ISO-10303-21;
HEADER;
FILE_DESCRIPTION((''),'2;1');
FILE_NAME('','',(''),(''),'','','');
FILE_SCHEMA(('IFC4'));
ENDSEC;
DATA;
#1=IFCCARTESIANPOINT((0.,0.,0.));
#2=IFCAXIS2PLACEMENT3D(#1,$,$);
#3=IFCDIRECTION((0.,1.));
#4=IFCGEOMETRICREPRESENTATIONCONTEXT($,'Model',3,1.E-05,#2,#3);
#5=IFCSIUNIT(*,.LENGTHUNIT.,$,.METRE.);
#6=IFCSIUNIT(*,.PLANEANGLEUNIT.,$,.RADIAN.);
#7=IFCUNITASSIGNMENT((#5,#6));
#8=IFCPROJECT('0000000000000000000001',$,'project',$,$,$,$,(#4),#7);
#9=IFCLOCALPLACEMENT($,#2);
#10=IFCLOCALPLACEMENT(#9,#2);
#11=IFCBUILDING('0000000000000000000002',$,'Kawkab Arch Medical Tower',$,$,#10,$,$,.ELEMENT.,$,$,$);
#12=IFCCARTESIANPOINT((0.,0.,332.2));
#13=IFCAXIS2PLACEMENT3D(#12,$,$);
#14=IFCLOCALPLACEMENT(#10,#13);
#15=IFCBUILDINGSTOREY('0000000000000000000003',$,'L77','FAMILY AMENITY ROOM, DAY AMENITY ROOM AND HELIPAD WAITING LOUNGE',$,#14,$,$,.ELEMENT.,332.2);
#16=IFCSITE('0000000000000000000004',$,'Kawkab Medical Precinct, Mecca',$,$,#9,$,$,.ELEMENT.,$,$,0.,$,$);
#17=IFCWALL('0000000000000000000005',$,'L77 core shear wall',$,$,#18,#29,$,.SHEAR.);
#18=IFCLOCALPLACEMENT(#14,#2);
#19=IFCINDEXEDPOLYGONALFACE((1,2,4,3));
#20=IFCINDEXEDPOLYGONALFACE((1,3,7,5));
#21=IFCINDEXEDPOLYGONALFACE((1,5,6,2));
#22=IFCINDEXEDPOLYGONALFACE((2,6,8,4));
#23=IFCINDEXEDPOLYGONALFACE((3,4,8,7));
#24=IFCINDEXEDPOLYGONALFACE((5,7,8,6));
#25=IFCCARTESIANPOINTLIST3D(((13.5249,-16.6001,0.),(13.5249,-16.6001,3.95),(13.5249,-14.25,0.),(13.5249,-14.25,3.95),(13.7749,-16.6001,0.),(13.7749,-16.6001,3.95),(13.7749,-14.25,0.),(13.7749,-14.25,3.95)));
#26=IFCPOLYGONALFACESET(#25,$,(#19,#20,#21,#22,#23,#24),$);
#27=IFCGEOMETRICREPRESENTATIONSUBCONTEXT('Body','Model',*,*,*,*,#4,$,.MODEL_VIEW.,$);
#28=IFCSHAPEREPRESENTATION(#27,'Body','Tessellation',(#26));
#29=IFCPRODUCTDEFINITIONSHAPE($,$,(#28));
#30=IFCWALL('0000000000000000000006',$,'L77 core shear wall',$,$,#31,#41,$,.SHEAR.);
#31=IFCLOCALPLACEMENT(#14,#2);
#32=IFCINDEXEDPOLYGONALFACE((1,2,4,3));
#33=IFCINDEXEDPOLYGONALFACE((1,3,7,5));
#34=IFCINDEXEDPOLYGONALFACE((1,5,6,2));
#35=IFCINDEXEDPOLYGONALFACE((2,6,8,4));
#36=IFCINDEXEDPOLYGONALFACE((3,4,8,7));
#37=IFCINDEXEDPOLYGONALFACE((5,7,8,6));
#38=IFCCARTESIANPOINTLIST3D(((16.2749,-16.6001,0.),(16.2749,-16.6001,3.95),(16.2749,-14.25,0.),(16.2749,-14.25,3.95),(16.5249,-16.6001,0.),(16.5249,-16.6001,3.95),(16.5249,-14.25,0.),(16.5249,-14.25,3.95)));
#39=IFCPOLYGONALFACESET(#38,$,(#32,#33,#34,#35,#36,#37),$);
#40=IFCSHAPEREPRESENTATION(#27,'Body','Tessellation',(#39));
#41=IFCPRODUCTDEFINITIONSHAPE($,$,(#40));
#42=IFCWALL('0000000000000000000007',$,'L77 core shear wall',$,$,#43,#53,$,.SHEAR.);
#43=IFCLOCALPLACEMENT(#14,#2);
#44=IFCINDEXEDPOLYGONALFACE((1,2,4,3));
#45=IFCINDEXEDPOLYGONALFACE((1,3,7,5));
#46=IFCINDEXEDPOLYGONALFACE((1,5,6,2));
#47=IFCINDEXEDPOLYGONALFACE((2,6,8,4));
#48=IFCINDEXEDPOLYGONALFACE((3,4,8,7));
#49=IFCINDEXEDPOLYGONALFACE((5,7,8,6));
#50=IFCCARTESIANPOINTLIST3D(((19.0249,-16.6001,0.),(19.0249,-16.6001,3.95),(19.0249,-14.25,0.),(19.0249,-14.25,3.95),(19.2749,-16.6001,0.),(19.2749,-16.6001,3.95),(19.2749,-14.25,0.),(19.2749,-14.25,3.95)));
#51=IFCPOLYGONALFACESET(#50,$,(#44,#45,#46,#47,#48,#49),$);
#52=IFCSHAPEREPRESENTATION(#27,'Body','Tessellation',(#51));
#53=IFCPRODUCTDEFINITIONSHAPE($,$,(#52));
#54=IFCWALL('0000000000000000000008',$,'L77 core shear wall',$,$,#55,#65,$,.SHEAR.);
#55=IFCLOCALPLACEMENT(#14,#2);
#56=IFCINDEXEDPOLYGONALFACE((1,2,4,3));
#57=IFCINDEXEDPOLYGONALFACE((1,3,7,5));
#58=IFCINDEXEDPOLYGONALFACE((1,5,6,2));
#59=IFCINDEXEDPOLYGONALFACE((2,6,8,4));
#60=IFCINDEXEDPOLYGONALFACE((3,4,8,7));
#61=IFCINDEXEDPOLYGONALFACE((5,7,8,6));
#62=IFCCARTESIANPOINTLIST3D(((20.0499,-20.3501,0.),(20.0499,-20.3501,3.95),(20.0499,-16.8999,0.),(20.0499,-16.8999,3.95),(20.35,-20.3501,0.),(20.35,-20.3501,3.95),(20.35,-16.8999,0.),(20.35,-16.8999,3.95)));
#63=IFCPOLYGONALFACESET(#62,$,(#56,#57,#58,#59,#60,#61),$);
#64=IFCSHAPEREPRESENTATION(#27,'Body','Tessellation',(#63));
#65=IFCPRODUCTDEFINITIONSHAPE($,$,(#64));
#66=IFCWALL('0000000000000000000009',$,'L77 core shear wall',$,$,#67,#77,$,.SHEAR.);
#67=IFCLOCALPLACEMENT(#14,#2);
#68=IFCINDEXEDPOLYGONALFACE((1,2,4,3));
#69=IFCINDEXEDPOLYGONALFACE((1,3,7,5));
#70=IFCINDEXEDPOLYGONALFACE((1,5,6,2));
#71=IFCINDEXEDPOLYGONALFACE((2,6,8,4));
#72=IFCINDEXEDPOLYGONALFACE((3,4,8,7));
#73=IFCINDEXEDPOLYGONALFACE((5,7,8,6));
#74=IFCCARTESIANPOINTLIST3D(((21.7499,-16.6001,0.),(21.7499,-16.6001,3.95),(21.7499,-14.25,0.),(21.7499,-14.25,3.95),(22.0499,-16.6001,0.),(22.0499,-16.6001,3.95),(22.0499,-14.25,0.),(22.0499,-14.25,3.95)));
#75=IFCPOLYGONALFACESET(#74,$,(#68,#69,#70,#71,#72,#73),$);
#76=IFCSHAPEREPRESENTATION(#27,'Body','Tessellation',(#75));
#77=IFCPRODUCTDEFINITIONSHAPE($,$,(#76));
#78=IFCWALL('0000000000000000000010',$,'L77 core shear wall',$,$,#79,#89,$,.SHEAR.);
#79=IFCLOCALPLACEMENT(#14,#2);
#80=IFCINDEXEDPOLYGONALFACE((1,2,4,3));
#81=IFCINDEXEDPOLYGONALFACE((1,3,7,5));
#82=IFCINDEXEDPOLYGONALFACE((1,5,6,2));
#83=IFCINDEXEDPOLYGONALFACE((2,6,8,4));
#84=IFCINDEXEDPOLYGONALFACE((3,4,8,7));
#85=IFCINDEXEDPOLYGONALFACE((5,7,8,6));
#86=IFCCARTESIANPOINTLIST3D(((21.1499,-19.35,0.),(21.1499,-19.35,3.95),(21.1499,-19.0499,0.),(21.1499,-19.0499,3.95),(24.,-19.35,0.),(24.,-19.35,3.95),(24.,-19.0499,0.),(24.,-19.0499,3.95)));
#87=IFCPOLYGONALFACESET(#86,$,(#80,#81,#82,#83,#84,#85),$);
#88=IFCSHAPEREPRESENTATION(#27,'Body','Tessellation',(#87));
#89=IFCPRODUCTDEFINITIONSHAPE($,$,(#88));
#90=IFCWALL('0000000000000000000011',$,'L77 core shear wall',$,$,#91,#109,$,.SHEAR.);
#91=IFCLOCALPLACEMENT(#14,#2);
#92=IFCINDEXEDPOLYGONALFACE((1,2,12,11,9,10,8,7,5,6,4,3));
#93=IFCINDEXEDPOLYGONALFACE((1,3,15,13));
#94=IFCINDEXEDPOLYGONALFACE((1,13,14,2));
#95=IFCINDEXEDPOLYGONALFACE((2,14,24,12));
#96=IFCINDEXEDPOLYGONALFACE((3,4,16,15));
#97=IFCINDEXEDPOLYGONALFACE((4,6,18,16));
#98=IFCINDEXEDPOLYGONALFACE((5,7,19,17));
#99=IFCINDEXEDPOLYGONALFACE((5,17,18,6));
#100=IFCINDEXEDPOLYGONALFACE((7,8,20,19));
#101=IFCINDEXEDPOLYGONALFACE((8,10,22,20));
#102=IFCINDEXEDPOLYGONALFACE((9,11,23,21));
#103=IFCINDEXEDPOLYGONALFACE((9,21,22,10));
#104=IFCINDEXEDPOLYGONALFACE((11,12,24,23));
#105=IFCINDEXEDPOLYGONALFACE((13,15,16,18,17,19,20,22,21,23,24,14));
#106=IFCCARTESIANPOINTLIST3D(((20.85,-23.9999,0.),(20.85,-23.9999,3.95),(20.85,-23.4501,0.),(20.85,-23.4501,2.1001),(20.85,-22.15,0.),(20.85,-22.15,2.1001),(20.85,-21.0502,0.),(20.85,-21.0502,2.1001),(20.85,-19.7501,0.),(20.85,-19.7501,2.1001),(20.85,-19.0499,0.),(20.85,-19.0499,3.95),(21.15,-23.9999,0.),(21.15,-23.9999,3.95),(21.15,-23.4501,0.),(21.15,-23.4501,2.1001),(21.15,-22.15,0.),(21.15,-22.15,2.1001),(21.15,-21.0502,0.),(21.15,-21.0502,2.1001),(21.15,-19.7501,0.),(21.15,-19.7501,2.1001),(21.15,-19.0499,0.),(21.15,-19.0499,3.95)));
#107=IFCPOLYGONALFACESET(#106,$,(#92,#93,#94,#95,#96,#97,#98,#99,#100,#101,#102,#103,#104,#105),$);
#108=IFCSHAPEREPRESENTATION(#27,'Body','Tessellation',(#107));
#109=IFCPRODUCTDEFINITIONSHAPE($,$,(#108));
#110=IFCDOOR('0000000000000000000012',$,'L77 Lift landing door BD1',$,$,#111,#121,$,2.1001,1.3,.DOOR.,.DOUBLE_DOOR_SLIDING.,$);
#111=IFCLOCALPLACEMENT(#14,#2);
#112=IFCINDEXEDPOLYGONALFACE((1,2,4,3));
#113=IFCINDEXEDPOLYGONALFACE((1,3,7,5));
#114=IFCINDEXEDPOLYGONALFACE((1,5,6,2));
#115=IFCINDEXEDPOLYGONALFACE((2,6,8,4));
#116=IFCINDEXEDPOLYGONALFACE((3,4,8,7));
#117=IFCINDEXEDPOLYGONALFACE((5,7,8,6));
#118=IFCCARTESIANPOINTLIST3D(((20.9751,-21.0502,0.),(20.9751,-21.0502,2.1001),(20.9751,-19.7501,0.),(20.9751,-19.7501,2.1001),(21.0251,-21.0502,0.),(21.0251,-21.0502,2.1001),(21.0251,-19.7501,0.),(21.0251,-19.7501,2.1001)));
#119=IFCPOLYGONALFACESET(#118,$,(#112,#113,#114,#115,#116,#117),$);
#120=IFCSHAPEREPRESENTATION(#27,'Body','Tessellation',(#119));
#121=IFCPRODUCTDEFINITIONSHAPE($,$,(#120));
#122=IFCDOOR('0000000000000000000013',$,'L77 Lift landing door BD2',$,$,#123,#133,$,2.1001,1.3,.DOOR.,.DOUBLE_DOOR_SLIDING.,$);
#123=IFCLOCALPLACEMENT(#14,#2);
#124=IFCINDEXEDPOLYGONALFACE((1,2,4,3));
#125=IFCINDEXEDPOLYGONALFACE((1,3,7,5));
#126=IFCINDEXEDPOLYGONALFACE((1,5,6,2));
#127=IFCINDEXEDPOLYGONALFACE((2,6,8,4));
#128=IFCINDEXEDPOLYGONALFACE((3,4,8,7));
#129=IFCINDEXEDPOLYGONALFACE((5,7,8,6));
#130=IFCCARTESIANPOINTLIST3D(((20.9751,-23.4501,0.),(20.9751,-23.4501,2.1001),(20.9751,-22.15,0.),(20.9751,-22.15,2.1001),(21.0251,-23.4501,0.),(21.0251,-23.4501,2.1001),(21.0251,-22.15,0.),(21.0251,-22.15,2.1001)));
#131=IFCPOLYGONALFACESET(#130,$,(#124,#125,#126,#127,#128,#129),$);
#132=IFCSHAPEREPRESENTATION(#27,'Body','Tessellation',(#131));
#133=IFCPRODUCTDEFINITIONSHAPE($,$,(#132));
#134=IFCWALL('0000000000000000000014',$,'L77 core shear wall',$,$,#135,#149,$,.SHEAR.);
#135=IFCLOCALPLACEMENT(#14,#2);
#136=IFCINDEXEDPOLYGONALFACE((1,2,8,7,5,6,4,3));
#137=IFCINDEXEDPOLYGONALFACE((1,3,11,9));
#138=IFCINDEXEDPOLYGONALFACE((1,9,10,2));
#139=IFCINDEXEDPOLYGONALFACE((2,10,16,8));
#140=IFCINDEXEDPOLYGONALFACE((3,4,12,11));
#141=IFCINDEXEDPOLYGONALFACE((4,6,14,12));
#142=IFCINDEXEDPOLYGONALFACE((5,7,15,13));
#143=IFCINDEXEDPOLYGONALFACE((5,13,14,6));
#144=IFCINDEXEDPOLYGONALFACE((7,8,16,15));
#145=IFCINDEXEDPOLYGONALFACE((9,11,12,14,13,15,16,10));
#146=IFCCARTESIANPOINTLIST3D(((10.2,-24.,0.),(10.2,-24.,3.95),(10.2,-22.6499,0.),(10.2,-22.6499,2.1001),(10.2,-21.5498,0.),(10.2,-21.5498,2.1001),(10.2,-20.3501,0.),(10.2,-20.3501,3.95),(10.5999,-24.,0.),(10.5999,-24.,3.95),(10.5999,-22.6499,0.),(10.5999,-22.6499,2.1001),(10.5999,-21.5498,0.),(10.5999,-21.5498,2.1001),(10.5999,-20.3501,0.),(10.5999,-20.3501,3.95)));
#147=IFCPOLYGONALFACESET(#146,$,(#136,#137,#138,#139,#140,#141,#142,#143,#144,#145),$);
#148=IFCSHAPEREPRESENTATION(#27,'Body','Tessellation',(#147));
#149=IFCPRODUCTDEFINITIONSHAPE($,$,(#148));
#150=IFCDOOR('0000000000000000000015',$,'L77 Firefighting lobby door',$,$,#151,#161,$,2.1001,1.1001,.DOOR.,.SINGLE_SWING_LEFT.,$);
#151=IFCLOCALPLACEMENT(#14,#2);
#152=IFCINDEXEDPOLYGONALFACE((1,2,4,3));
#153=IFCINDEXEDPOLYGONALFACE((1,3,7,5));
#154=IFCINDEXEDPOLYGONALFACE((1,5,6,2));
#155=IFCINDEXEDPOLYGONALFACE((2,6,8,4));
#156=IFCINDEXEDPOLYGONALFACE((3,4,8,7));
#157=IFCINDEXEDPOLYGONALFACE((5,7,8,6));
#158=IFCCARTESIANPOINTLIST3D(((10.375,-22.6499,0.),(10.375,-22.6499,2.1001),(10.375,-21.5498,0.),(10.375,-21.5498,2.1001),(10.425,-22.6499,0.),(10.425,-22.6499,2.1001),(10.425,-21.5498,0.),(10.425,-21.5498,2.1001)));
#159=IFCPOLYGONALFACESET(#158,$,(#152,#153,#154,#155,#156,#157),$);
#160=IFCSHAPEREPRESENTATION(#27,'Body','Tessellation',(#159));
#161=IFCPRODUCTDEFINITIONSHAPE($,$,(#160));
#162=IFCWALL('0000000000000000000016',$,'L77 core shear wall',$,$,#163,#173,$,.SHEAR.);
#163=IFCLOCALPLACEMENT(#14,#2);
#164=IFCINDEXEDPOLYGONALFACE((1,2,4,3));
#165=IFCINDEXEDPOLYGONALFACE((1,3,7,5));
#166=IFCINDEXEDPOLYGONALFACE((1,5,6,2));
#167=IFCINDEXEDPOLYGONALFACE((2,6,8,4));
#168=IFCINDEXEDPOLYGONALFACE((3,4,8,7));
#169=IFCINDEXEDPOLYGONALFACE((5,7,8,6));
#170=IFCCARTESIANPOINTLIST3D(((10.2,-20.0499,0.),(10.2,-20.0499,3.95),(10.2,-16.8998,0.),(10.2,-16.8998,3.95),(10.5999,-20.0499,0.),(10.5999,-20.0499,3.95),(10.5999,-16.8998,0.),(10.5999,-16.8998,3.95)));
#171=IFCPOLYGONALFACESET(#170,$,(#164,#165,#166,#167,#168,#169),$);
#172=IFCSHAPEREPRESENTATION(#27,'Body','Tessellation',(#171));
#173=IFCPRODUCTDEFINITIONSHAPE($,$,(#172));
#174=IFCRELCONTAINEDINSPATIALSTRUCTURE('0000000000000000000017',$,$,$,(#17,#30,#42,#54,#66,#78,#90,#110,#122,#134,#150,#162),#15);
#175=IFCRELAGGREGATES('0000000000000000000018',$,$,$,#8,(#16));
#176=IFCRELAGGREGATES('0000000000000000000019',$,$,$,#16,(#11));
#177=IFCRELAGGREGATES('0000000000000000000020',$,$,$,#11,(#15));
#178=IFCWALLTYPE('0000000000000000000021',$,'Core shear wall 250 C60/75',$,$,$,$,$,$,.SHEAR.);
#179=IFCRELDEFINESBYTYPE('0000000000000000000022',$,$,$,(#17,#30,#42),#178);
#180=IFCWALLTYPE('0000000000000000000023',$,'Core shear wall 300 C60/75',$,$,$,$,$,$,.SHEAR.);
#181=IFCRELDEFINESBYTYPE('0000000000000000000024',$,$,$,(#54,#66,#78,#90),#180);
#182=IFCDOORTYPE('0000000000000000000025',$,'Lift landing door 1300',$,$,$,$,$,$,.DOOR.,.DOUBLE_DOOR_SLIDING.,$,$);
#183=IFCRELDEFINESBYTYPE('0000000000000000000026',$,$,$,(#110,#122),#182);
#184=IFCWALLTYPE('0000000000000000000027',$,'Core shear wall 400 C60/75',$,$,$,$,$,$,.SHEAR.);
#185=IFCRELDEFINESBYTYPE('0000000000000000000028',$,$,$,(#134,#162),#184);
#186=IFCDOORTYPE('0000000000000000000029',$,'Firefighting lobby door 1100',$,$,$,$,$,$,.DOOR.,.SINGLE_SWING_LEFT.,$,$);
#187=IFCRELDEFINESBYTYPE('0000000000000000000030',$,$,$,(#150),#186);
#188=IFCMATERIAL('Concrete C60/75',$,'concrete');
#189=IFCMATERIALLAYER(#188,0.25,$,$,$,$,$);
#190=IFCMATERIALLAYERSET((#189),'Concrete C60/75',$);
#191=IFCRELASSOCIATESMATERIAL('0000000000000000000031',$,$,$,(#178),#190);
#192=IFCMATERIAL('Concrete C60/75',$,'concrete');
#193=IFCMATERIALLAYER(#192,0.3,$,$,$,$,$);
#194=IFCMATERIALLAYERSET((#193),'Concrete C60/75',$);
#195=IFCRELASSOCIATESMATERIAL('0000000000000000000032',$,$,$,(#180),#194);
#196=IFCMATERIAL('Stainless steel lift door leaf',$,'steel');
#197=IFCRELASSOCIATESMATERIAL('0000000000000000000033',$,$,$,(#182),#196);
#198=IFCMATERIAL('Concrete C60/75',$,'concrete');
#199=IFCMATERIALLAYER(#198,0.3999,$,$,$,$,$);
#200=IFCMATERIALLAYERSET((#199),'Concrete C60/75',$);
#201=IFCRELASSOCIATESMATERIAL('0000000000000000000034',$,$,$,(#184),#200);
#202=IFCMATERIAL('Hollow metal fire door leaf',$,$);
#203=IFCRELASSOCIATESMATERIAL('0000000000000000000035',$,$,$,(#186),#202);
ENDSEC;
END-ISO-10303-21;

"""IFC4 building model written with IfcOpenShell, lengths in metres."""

from ifc_helpers import new_model, si_unit, direction, frame, frame_2d, origin, place, context, subcontext, project, spatial, rectangle, extrude, material, layer, layer_set, type_object, element, fill, save


model = new_model("IFC4")

# Units and contexts
model_context = context("Model", 3, precision=1e-05, world=origin(), true_north=direction((0.0, 1.0)))
body_context = subcontext(model_context, "Body", "Model", "MODEL_VIEW")
ifc_project = project(units=[si_unit("LENGTHUNIT", "METRE"), si_unit("PLANEANGLEUNIT", "RADIAN")], contexts=[model_context])

# Site, building, storey
site_placement = place(None, origin())
site = spatial("IfcSite", under=ifc_project, at=site_placement, Name="Kawkab Medical Precinct, Mecca", CompositionType="ELEMENT", RefElevation=0.0)
building_placement = place(site_placement, origin())
building = spatial("IfcBuilding", under=site, at=building_placement, Name="Kawkab Arch Medical Tower", CompositionType="ELEMENT")
storey_placement = place(building_placement, frame((0.0, 0.0, 332.2)))
storey = spatial("IfcBuildingStorey", under=building, at=storey_placement, Name="L77", Description="FAMILY AMENITY ROOM, DAY AMENITY ROOM AND HELIPAD WAITING LOUNGE", CompositionType="ELEMENT", Elevation=332.2)

# Walls
ifc_material_1 = material(Name="Concrete C60/75", Category="concrete")
ifc_layer_1 = layer(ifc_material_1, 0.25)
ifc_layer_set_1 = layer_set([ifc_layer_1], Name="Concrete C60/75")
wall_type_1 = type_object("IfcWallType", Name="Core shear wall 250 C60/75", PredefinedType="SHEAR", material=ifc_layer_set_1)
for number, where, z_axis, x_axis, name in (
    (1, (13.6499, -16.6001, 0.0), (0.0, 0.0, 1.0), (0.0, 1.0, 0.0), "L77 core shear wall"),
    (2, (16.3999, -16.6001, 0.0), (0.0, 0.0, 1.0), (0.0, 1.0, 0.0), "L77 core shear wall"),
    (3, (19.1499, -16.6001, 0.0), (0.0, 0.0, 1.0), (0.0, 1.0, 0.0), "L77 core shear wall"),
):
    element("IfcWall", number, at=place(storey_placement, frame(where, z_axis=z_axis, x_axis=x_axis)), inside=storey, type_object=wall_type_1, Name=name, PredefinedType="SHEAR", context=body_context, shape_type="SweptSolid", body=[
        extrude(rectangle(XDim=2.3501, YDim=0.25, at=frame_2d((1.175, 0.0))), origin(), (0.0, 0.0, 1.0), 3.95),
    ])
ifc_material_2 = material(Name="Concrete C60/75", Category="concrete")
ifc_layer_2 = layer(ifc_material_2, 0.3)
ifc_layer_set_2 = layer_set([ifc_layer_2], Name="Concrete C60/75")
wall_type_2 = type_object("IfcWallType", Name="Core shear wall 300 C60/75", PredefinedType="SHEAR", material=ifc_layer_set_2)
wall_1_placement = place(storey_placement, frame((20.2, -20.3501, 0.0), z_axis=(0.0, 0.0, 1.0), x_axis=(0.0, 1.0, 0.0)))
element("IfcWall", 4, at=wall_1_placement, inside=storey, type_object=wall_type_2, Name="L77 core shear wall", PredefinedType="SHEAR", context=body_context, shape_type="SweptSolid", body=[
    extrude(rectangle(XDim=3.4502, YDim=0.3, at=frame_2d((1.7251, 0.0))), origin(), (0.0, 0.0, 1.0), 3.95),
])
wall_2_placement = place(storey_placement, frame((21.8999, -16.6001, 0.0), z_axis=(0.0, 0.0, 1.0), x_axis=(0.0, 1.0, 0.0)))
element("IfcWall", 5, at=wall_2_placement, inside=storey, type_object=wall_type_2, Name="L77 core shear wall", PredefinedType="SHEAR", context=body_context, shape_type="SweptSolid", body=[
    extrude(rectangle(XDim=2.3501, YDim=0.3, at=frame_2d((1.175, 0.0))), origin(), (0.0, 0.0, 1.0), 3.95),
])
wall_3_placement = place(storey_placement, frame((21.1499, -19.2, 0.0), z_axis=(0.0, 0.0, 1.0), x_axis=(1.0, 0.0, 0.0)))
element("IfcWall", 6, at=wall_3_placement, inside=storey, type_object=wall_type_2, Name="L77 core shear wall", PredefinedType="SHEAR", context=body_context, shape_type="SweptSolid", body=[
    extrude(rectangle(XDim=2.8501, YDim=0.3, at=frame_2d((1.425, 0.0))), origin(), (0.0, 0.0, 1.0), 3.95),
])

# Wall, openings, doors
wall_4_placement = place(storey_placement, frame((21.0, -24.0, 0.0), z_axis=(0.0, 0.0, 1.0), x_axis=(0.0, 1.0, 0.0)))
wall_4 = element("IfcWall", 7, at=wall_4_placement, inside=storey, type_object=wall_type_2, Name="L77 core shear wall", PredefinedType="SHEAR", context=body_context, shape_type="SweptSolid", body=[
    extrude(rectangle(XDim=4.95, YDim=0.3, at=frame_2d((2.4751, 0.0))), origin(), (0.0, 0.0, 1.0), 3.95),
])
opening_1_placement = place(wall_4_placement, frame((2.95, 0.0, 0.0)))
opening_1 = element("IfcOpeningElement", 8, at=opening_1_placement, cuts=wall_4, PredefinedType="OPENING", context=body_context, shape_type="SweptSolid", body=[
    extrude(rectangle(XDim=1.3, YDim=2.1001, at=frame_2d((0.6499, 1.05))), frame((0.0, 0.1599, 0.0), z_axis=(0.0, -1.0, 0.0), x_axis=(1.0, 0.0, 0.0)), (0.0, 0.0, 1.0), 0.3201),
])
opening_2_placement = place(wall_4_placement, frame((0.55, 0.0, 0.0)))
opening_2 = element("IfcOpeningElement", 9, at=opening_2_placement, cuts=wall_4, PredefinedType="OPENING", context=body_context, shape_type="SweptSolid", body=[
    extrude(rectangle(XDim=1.3, YDim=2.1001, at=frame_2d((0.6499, 1.05))), frame((0.0, 0.1599, 0.0), z_axis=(0.0, -1.0, 0.0), x_axis=(1.0, 0.0, 0.0)), (0.0, 0.0, 1.0), 0.3201),
])
ifc_material_3 = material(Name="Stainless steel lift door leaf", Category="steel")
door_type_1 = type_object("IfcDoorType", Name="Lift landing door 1300", OperationType="DOUBLE_DOOR_SLIDING", PredefinedType="DOOR", material=ifc_material_3)
door_1_placement = place(opening_1_placement, origin())
door_1 = element("IfcDoor", 10, at=door_1_placement, inside=storey, type_object=door_type_1, Name="L77 Lift landing door BD1", OperationType="DOUBLE_DOOR_SLIDING", OverallHeight=2.1001, OverallWidth=1.3, PredefinedType="DOOR", context=body_context, shape_type="SweptSolid", body=[
    extrude(rectangle(XDim=1.3, YDim=2.1001, at=frame_2d((0.6499, 1.05))), frame((0.0, 0.0249, 0.0), z_axis=(0.0, -1.0, 0.0), x_axis=(1.0, 0.0, 0.0)), (0.0, 0.0, 1.0), 0.05),
])
fill(opening_1, door_1)
door_2_placement = place(opening_2_placement, origin())
door_2 = element("IfcDoor", 11, at=door_2_placement, inside=storey, type_object=door_type_1, Name="L77 Lift landing door BD2", OperationType="DOUBLE_DOOR_SLIDING", OverallHeight=2.1001, OverallWidth=1.3, PredefinedType="DOOR", context=body_context, shape_type="SweptSolid", body=[
    extrude(rectangle(XDim=1.3, YDim=2.1001, at=frame_2d((0.6499, 1.05))), frame((0.0, 0.0249, 0.0), z_axis=(0.0, -1.0, 0.0), x_axis=(1.0, 0.0, 0.0)), (0.0, 0.0, 1.0), 0.05),
])
fill(opening_2, door_2)

# Wall, opening, door
ifc_material_4 = material(Name="Concrete C60/75", Category="concrete")
ifc_layer_3 = layer(ifc_material_4, 0.3999)
ifc_layer_set_3 = layer_set([ifc_layer_3], Name="Concrete C60/75")
wall_type_3 = type_object("IfcWallType", Name="Core shear wall 400 C60/75", PredefinedType="SHEAR", material=ifc_layer_set_3)
wall_5_placement = place(storey_placement, frame((10.3999, -24.0, 0.0), z_axis=(0.0, 0.0, 1.0), x_axis=(0.0, 1.0, 0.0)))
wall_5 = element("IfcWall", 12, at=wall_5_placement, inside=storey, type_object=wall_type_3, Name="L77 core shear wall", PredefinedType="SHEAR", context=body_context, shape_type="SweptSolid", body=[
    extrude(rectangle(XDim=3.6499, YDim=0.3999, at=frame_2d((1.825, 0.0))), origin(), (0.0, 0.0, 1.0), 3.95),
])
opening_3_placement = place(wall_5_placement, frame((1.3501, 0.0, 0.0)))
opening_3 = element("IfcOpeningElement", 13, at=opening_3_placement, cuts=wall_5, PredefinedType="OPENING", context=body_context, shape_type="SweptSolid", body=[
    extrude(rectangle(XDim=1.1001, YDim=2.1001, at=frame_2d((0.55, 1.05))), frame((0.0, 0.21, 0.0), z_axis=(0.0, -1.0, 0.0), x_axis=(1.0, 0.0, 0.0)), (0.0, 0.0, 1.0), 0.4199),
])
ifc_material_5 = material(Name="Hollow metal fire door leaf")
door_type_2 = type_object("IfcDoorType", Name="Firefighting lobby door 1100", OperationType="SINGLE_SWING_LEFT", PredefinedType="DOOR", material=ifc_material_5)
door_3_placement = place(opening_3_placement, origin())
door_3 = element("IfcDoor", 14, at=door_3_placement, inside=storey, type_object=door_type_2, Name="L77 Firefighting lobby door", OperationType="SINGLE_SWING_LEFT", OverallHeight=2.1001, OverallWidth=1.1001, PredefinedType="DOOR", context=body_context, shape_type="SweptSolid", body=[
    extrude(rectangle(XDim=1.1001, YDim=2.1001, at=frame_2d((0.55, 1.05))), frame((0.0, 0.0249, 0.0), z_axis=(0.0, -1.0, 0.0), x_axis=(1.0, 0.0, 0.0)), (0.0, 0.0, 1.0), 0.05),
])
fill(opening_3, door_3)

# Wall
wall_6_placement = place(storey_placement, frame((10.3999, -20.05, 0.0), z_axis=(0.0, 0.0, 1.0), x_axis=(0.0, 1.0, 0.0)))
element("IfcWall", 15, at=wall_6_placement, inside=storey, type_object=wall_type_3, Name="L77 core shear wall", PredefinedType="SHEAR", context=body_context, shape_type="SweptSolid", body=[
    extrude(rectangle(XDim=3.1501, YDim=0.3999, at=frame_2d((1.5752, 0.0))), origin(), (0.0, 0.0, 1.0), 3.95),
])

save(model, "model.ifc")
